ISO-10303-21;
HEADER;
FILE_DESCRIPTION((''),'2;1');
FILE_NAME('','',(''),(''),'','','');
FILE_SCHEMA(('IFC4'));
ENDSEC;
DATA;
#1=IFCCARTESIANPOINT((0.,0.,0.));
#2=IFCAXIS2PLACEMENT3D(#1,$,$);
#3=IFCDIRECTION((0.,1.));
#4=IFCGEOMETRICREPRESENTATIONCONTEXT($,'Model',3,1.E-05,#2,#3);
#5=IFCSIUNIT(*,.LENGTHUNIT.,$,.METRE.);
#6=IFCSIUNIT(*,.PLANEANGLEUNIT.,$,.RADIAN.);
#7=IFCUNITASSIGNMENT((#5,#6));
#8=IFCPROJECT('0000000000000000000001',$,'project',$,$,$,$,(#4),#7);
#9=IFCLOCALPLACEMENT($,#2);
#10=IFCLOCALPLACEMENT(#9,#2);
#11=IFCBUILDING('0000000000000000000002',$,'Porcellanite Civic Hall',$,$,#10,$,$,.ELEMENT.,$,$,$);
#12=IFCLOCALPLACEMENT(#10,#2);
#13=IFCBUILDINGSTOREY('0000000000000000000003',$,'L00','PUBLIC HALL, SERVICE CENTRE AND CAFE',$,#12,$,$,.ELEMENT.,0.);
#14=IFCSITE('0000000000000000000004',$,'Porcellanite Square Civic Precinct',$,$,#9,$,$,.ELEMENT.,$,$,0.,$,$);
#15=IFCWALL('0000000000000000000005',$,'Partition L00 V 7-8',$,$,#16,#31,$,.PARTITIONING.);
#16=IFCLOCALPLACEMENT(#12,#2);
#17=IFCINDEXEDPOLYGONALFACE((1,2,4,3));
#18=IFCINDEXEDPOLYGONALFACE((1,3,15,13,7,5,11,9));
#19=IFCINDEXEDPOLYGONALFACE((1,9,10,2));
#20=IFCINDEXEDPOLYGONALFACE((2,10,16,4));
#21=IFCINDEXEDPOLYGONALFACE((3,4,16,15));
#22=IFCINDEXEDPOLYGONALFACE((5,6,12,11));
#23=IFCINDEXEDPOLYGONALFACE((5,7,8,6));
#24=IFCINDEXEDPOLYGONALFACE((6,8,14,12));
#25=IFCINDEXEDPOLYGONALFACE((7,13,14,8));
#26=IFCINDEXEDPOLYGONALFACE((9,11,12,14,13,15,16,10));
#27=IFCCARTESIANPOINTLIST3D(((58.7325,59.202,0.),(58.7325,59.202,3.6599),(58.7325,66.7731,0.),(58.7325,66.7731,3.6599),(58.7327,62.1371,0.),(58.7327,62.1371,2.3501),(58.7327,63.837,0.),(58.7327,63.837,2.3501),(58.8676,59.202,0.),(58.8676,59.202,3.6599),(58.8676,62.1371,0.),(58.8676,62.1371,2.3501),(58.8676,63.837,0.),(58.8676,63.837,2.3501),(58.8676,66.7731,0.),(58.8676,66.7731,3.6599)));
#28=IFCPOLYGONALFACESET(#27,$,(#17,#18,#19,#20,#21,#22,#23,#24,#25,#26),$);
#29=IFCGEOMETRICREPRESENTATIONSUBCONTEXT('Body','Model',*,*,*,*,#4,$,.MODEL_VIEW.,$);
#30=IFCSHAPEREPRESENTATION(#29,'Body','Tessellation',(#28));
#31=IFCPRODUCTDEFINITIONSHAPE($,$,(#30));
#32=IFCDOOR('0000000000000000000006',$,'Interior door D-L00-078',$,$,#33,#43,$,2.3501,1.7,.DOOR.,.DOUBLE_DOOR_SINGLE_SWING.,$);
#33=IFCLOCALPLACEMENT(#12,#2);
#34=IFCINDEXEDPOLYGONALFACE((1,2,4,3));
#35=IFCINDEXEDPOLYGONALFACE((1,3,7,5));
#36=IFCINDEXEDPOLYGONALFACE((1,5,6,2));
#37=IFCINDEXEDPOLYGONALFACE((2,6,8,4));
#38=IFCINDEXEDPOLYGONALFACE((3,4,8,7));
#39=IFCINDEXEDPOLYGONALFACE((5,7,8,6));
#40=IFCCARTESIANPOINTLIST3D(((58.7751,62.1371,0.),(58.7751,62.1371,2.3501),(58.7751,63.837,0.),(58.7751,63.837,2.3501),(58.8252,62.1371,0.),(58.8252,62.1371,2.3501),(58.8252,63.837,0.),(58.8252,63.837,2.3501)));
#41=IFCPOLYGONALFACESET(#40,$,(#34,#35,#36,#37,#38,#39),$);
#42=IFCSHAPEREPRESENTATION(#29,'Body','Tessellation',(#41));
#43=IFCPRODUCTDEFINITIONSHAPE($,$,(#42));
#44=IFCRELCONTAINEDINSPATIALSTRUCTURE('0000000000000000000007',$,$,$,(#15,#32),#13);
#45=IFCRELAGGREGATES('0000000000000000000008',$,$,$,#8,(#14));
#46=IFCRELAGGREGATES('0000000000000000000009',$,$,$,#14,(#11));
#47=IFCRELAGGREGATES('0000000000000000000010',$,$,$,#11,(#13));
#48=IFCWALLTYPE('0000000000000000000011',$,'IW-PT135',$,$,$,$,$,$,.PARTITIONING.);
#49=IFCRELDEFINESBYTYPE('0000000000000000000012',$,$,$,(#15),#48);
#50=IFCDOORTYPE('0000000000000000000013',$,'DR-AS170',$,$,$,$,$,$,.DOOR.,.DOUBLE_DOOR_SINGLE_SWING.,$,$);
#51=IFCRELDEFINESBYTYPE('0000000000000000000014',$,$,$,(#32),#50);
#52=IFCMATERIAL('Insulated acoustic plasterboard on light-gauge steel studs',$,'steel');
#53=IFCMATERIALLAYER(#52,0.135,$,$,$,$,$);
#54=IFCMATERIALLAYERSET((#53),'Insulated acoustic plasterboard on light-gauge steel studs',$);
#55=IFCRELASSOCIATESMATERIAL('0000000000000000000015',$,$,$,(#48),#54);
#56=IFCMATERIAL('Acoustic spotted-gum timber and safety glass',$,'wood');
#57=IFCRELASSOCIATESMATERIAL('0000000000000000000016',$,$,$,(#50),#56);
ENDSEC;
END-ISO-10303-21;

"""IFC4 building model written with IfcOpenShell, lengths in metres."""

from ifc_helpers import new_model, si_unit, direction, frame, frame_2d, origin, place, context, subcontext, project, spatial, rectangle, extrude, material, layer, layer_set, type_object, element, fill, save


model = new_model("IFC4")

# Units and contexts
model_context = context("Model", 3, precision=1e-05, world=origin(), true_north=direction((0.0, 1.0)))
body_context = subcontext(model_context, "Body", "Model", "MODEL_VIEW")
ifc_project = project(units=[si_unit("LENGTHUNIT", "METRE"), si_unit("PLANEANGLEUNIT", "RADIAN")], contexts=[model_context])

# Site, building, storey
site_placement = place(None, origin())
site = spatial("IfcSite", under=ifc_project, at=site_placement, Name="Porcellanite Square Civic Precinct", CompositionType="ELEMENT", RefElevation=0.0)
building_placement = place(site_placement, origin())
building = spatial("IfcBuilding", under=site, at=building_placement, Name="Porcellanite Civic Hall", CompositionType="ELEMENT")
storey_placement = place(building_placement, origin())
storey = spatial("IfcBuildingStorey", under=building, at=storey_placement, Name="L00", Description="PUBLIC HALL, SERVICE CENTRE AND CAFE", CompositionType="ELEMENT", Elevation=0.0)

# Wall, opening, door
ifc_material_1 = material(Name="Insulated acoustic plasterboard on light-gauge steel studs", Category="steel")
ifc_layer_1 = layer(ifc_material_1, 0.135)
ifc_layer_set_1 = layer_set([ifc_layer_1], Name="Insulated acoustic plasterboard on light-gauge steel studs")
wall_type_1 = type_object("IfcWallType", Name="IW-PT135", PredefinedType="PARTITIONING", material=ifc_layer_set_1)
wall_1_placement = place(storey_placement, frame((58.8, 59.2019, 0.0), z_axis=(0.0, 0.0, 1.0), x_axis=(0.0, 1.0, 0.0)))
wall_1 = element("IfcWall", 1, at=wall_1_placement, inside=storey, type_object=wall_type_1, Name="Partition L00 V 7-8", PredefinedType="PARTITIONING", context=body_context, shape_type="SweptSolid", body=[
    extrude(rectangle(XDim=7.571, YDim=0.135, at=frame_2d((3.7856, 0.0))), origin(), (0.0, 0.0, 1.0), 3.6599),
])
opening_1_placement = place(wall_1_placement, frame((2.9351, 0.0, 0.0)))
opening_1 = element("IfcOpeningElement", 2, at=opening_1_placement, cuts=wall_1, PredefinedType="OPENING", context=body_context, shape_type="SweptSolid", body=[
    extrude(rectangle(XDim=1.7, YDim=2.3501, at=frame_2d((0.8501, 1.175))), frame((0.0, 0.0674, 0.0), z_axis=(0.0, -1.0, 0.0), x_axis=(1.0, 0.0, 0.0)), (0.0, 0.0, 1.0), 0.135),
])
ifc_material_2 = material(Name="Acoustic spotted-gum timber and safety glass", Category="wood")
door_type_1 = type_object("IfcDoorType", Name="DR-AS170", OperationType="DOUBLE_DOOR_SINGLE_SWING", PredefinedType="DOOR", material=ifc_material_2)
door_1_placement = place(opening_1_placement, origin())
door_1 = element("IfcDoor", 3, at=door_1_placement, inside=storey, type_object=door_type_1, Name="Interior door D-L00-078", OperationType="DOUBLE_DOOR_SINGLE_SWING", OverallHeight=2.3501, OverallWidth=1.7, PredefinedType="DOOR", context=body_context, shape_type="SweptSolid", body=[
    extrude(rectangle(XDim=1.7, YDim=2.3501, at=frame_2d((0.8501, 1.175))), frame((0.0, 0.0249, 0.0), z_axis=(0.0, -1.0, 0.0), x_axis=(1.0, 0.0, 0.0)), (0.0, 0.0, 1.0), 0.05),
])
fill(opening_1, door_1)

save(model, "model.ifc")
